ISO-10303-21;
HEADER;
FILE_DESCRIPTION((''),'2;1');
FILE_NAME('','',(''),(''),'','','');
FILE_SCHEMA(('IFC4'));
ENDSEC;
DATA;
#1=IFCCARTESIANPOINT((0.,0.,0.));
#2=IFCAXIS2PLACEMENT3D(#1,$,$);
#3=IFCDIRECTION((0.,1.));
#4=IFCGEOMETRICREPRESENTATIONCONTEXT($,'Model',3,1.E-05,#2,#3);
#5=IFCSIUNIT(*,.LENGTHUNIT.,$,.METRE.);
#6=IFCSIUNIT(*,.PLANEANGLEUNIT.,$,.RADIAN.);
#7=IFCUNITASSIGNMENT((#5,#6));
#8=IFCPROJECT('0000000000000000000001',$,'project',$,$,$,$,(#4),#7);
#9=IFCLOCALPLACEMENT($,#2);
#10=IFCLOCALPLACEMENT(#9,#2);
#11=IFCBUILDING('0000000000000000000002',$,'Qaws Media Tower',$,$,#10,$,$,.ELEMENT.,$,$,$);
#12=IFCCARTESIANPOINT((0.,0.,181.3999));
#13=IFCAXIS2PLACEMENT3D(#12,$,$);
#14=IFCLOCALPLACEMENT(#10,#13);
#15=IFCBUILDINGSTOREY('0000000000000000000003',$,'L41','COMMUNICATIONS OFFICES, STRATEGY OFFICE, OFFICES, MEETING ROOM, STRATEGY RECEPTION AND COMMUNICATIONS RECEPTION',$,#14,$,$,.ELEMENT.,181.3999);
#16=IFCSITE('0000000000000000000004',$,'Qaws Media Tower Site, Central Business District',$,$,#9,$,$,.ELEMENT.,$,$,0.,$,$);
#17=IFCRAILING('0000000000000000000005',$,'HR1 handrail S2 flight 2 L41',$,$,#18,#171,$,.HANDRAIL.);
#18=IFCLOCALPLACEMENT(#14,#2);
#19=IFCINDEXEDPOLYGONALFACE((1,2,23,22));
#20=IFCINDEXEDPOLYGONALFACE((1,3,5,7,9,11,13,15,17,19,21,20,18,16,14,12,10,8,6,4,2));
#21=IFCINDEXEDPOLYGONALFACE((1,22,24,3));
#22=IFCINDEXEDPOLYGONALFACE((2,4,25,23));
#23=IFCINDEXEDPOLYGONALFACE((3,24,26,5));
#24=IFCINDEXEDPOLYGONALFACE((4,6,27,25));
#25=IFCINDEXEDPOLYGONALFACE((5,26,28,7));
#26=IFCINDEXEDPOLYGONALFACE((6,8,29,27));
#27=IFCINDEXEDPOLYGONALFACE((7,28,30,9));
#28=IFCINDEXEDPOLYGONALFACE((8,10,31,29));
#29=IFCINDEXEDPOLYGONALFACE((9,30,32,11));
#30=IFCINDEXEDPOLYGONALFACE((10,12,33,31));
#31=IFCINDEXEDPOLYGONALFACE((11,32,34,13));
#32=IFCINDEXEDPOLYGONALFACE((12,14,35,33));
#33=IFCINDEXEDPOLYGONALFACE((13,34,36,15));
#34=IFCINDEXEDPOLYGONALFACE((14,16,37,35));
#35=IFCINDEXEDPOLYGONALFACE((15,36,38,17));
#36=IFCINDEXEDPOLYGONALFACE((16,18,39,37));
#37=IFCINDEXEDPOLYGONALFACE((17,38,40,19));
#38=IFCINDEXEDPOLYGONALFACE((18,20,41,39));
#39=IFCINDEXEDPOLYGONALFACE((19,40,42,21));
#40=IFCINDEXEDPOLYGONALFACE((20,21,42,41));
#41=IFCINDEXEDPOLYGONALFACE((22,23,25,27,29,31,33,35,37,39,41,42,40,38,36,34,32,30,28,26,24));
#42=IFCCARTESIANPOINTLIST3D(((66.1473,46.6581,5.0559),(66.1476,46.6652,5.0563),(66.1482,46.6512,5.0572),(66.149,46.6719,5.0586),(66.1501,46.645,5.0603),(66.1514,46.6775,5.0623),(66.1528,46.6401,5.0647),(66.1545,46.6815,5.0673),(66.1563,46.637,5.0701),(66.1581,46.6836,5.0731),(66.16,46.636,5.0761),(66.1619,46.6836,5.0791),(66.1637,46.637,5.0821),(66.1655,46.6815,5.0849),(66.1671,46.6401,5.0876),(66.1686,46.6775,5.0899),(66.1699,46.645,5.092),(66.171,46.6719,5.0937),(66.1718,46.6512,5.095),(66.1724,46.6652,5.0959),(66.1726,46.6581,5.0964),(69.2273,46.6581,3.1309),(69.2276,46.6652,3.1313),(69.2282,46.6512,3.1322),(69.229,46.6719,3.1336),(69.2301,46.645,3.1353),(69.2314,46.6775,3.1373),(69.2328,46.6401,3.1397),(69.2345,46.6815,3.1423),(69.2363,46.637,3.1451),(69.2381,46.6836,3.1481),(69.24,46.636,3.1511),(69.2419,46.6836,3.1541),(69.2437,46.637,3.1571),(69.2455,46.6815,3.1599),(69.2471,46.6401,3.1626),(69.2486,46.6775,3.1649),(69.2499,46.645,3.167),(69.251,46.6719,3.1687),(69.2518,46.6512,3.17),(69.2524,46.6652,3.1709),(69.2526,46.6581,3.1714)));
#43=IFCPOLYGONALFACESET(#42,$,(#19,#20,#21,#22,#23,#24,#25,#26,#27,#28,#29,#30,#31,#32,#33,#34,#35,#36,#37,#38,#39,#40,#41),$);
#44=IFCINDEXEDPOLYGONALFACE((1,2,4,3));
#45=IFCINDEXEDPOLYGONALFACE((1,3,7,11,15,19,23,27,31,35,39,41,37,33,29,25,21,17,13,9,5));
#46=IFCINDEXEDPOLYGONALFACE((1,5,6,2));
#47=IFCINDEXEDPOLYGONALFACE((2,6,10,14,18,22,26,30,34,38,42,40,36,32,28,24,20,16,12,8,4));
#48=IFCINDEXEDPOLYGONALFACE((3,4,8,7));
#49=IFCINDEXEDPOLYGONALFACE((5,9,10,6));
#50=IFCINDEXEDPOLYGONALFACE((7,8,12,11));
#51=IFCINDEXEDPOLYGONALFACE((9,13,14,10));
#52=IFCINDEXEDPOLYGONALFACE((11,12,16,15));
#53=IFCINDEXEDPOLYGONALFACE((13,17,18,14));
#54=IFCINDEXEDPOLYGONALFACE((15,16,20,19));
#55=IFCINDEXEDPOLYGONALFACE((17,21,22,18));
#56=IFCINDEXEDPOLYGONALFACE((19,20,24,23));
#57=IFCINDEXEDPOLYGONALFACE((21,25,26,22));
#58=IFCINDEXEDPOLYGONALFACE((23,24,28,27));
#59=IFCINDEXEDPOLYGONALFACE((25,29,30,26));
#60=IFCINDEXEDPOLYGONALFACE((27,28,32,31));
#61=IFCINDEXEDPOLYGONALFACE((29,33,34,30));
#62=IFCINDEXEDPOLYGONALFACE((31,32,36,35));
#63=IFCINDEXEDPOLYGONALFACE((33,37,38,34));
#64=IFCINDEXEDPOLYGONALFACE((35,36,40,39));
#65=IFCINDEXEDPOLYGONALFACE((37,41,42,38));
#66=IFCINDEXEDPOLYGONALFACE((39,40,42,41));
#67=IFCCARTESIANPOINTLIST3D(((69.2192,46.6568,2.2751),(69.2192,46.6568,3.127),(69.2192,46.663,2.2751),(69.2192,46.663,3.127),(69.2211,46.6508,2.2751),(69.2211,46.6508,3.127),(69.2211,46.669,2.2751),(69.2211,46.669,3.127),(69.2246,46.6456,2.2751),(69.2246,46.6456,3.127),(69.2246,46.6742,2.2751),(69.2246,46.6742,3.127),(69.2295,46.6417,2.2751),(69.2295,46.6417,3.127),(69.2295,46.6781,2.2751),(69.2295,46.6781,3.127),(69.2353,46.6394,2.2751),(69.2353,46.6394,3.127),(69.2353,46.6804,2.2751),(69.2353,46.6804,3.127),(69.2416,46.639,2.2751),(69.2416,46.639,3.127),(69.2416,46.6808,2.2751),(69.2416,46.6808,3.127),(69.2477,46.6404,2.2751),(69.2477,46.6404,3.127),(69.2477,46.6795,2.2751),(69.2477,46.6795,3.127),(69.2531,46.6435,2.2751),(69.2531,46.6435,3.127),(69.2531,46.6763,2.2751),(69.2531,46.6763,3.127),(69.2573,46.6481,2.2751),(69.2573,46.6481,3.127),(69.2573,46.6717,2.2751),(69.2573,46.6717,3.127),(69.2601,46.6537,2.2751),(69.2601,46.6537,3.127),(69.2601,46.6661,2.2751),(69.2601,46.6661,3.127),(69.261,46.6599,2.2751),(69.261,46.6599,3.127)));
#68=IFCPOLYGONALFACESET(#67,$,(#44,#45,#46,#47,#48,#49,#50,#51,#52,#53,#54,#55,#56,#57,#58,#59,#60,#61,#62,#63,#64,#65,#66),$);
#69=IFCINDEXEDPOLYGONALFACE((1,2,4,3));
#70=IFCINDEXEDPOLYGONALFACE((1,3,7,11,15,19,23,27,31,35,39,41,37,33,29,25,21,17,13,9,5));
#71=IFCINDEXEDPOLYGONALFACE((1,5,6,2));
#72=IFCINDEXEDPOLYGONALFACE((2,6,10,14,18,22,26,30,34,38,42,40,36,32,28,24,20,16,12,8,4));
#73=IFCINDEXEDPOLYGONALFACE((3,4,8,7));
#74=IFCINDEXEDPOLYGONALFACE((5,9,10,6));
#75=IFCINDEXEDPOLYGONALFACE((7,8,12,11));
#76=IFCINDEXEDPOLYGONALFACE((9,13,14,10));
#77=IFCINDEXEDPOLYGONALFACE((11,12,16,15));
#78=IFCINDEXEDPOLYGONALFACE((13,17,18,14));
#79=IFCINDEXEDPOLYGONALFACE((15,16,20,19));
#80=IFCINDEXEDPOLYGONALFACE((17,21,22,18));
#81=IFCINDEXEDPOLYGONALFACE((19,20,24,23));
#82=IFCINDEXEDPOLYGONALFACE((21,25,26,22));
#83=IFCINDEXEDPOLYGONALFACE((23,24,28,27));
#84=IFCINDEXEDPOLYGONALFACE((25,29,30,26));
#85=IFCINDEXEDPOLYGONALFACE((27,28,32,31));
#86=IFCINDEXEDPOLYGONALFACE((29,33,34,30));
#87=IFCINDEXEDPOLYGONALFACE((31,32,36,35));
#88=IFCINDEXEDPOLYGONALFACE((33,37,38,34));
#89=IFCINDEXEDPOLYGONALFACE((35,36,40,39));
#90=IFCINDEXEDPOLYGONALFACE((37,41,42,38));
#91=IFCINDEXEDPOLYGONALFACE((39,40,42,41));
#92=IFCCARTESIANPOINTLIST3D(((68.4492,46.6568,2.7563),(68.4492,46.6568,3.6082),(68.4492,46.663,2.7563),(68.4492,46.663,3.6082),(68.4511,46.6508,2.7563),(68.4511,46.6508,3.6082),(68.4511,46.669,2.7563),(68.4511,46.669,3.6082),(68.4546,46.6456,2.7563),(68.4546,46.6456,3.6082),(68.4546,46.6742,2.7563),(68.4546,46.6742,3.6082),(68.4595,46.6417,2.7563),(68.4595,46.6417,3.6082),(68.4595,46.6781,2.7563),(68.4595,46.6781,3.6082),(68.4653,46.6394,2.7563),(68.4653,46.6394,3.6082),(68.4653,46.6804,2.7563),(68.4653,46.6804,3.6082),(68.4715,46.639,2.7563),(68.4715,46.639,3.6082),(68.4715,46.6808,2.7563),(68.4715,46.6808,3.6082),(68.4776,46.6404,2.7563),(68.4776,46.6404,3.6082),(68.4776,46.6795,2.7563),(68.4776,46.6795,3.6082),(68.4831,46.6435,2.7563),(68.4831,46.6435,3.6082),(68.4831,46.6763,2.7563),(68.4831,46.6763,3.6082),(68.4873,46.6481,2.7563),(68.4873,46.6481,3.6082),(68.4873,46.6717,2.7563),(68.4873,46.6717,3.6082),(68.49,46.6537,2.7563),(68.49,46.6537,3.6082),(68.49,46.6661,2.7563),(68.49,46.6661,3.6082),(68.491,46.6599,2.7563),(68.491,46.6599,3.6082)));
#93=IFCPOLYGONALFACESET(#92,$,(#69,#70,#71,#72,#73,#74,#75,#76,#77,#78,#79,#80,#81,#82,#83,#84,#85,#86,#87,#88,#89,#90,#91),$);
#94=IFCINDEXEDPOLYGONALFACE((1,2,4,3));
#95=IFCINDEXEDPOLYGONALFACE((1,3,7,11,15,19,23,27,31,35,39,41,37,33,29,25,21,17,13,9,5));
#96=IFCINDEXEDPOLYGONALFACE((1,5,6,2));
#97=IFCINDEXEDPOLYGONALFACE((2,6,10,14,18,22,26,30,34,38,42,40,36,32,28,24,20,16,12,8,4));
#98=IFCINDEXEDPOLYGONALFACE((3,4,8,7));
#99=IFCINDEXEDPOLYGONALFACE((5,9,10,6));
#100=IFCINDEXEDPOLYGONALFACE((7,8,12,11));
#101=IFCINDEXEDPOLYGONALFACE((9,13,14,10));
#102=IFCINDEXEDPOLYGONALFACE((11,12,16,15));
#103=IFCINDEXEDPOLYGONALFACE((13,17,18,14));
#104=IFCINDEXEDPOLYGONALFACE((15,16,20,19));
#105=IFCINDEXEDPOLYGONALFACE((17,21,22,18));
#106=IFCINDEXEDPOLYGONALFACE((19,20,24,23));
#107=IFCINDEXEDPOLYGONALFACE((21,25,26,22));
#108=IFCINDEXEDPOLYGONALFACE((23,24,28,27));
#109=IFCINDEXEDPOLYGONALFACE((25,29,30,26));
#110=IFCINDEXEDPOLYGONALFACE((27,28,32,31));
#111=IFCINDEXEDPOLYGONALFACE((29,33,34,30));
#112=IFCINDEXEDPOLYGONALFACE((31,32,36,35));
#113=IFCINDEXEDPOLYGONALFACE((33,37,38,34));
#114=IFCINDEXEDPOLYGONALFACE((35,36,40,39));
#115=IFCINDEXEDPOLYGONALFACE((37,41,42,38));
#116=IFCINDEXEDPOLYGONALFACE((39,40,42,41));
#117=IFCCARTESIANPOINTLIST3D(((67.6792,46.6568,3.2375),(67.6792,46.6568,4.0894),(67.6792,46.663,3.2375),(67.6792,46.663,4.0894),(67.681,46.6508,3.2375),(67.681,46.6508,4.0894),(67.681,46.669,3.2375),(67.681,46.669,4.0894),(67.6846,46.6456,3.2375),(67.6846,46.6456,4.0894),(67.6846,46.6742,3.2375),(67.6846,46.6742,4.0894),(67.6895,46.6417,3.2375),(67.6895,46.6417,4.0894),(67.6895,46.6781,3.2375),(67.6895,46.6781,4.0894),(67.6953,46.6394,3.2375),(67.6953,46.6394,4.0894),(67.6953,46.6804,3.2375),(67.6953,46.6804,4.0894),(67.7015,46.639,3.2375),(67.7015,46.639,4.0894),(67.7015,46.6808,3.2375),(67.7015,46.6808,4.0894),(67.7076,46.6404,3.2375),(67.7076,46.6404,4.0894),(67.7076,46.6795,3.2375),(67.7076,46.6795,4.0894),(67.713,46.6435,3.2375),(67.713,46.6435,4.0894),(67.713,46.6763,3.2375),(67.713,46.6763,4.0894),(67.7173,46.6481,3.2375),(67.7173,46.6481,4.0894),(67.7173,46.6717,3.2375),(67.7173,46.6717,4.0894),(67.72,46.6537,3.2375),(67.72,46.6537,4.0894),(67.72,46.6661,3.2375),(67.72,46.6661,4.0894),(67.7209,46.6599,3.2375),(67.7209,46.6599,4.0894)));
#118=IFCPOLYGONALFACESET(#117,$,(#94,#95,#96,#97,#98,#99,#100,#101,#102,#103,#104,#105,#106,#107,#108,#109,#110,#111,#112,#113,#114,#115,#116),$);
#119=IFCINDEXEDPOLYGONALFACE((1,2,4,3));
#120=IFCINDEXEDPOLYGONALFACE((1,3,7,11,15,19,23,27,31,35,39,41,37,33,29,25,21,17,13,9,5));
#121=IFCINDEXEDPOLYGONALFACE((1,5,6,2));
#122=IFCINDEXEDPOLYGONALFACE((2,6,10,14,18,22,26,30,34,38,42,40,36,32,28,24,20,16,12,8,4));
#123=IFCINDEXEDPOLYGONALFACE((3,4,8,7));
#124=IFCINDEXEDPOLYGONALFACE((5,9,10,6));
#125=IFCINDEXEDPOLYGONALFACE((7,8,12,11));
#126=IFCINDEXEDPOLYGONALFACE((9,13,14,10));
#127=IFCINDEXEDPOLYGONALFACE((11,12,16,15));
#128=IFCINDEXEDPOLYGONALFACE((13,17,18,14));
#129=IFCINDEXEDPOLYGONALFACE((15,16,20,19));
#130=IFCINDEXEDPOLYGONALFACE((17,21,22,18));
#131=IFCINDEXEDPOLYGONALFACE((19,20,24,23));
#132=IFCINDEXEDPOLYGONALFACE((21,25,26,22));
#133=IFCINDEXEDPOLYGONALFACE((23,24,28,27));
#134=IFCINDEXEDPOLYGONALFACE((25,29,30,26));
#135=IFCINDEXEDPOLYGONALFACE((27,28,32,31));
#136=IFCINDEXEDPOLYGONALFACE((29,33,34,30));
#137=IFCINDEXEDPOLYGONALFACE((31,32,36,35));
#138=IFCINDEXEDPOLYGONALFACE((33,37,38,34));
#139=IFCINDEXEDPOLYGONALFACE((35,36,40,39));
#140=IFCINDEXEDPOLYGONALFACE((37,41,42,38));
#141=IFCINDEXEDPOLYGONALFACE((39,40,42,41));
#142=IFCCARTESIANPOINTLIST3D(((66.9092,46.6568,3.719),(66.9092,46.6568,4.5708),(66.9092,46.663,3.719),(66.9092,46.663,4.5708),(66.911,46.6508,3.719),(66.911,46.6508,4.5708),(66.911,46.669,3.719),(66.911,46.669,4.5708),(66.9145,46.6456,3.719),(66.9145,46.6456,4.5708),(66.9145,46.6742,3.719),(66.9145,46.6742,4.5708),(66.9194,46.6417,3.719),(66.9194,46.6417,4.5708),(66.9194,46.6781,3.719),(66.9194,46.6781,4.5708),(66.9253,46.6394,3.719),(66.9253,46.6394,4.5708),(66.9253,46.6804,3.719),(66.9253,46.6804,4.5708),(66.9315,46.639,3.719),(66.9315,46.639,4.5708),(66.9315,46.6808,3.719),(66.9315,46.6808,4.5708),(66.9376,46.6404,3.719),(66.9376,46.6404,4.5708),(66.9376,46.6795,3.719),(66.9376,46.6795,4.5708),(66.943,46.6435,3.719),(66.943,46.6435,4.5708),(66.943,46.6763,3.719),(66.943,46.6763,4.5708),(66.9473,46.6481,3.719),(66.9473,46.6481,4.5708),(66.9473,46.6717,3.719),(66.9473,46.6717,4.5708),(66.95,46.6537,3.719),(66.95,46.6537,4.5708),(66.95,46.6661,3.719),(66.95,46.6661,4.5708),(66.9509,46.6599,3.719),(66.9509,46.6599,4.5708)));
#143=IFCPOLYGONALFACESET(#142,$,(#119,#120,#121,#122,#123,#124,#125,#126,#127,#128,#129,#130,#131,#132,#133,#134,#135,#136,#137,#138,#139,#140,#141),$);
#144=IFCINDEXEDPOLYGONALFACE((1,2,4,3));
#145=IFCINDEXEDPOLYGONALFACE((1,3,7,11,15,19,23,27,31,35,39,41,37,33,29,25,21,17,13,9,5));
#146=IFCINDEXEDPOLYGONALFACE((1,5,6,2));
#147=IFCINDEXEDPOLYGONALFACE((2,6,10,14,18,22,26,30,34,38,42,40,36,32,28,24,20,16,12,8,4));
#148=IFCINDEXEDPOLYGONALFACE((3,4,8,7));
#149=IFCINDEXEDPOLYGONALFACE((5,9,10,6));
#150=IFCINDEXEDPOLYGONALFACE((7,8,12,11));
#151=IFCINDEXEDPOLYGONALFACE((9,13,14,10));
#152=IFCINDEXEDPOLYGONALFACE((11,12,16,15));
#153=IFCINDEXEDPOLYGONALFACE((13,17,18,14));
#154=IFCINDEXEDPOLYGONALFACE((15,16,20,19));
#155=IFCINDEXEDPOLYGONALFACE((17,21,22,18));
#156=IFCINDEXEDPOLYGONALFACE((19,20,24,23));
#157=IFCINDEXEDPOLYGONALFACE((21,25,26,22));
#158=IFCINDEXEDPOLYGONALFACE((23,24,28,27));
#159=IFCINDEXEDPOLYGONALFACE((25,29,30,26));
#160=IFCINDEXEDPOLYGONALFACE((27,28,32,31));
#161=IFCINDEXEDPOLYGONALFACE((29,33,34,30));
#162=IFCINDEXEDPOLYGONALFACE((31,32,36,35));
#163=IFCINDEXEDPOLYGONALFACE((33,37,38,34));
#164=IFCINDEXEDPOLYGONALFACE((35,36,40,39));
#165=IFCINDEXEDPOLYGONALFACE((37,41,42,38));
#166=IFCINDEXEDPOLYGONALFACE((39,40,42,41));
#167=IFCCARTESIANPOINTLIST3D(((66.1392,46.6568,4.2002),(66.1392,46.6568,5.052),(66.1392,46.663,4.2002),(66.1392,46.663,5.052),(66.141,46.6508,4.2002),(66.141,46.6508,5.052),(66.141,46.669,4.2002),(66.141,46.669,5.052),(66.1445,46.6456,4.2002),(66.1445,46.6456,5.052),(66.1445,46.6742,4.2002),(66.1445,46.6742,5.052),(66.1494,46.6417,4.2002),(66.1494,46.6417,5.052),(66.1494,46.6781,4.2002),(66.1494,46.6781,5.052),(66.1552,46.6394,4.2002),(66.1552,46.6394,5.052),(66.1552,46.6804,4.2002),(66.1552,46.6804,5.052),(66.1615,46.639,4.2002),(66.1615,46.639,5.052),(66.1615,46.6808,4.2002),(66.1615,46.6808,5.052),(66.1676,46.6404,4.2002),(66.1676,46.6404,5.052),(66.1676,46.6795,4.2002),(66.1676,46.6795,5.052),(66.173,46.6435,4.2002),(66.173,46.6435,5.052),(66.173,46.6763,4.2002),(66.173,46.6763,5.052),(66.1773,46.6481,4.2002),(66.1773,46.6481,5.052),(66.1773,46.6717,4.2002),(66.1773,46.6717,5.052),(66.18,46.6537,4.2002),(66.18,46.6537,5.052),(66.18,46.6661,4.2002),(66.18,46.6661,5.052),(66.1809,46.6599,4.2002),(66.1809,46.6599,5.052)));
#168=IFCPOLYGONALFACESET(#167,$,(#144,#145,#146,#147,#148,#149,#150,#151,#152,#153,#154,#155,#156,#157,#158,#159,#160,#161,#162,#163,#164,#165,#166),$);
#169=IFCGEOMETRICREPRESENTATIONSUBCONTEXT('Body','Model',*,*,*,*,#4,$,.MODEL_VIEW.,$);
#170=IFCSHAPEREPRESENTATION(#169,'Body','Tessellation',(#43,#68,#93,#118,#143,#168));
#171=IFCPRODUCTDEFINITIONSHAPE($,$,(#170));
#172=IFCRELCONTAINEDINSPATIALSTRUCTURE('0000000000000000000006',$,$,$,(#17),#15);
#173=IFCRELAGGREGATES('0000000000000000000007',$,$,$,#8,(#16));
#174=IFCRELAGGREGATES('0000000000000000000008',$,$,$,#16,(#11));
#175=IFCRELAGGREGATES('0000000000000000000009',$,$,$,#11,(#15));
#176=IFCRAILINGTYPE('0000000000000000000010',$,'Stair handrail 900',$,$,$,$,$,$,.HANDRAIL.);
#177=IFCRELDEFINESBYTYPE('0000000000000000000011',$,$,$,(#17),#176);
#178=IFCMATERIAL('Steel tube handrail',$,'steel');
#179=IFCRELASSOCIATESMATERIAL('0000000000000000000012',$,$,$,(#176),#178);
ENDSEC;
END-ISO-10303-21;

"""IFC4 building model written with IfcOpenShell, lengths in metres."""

from ifc_helpers import new_model, si_unit, direction, frame, origin, origin_2d, place, context, subcontext, project, spatial, circle, extrude, material, type_object, element, save


model = new_model("IFC4")

# Units and contexts
model_context = context("Model", 3, precision=1e-05, world=origin(), true_north=direction((0.0, 1.0)))
body_context = subcontext(model_context, "Body", "Model", "MODEL_VIEW")
ifc_project = project(units=[si_unit("LENGTHUNIT", "METRE"), si_unit("PLANEANGLEUNIT", "RADIAN")], contexts=[model_context])

# Site, building, storey
site_placement = place(None, origin())
site = spatial("IfcSite", under=ifc_project, at=site_placement, Name="Qaws Media Tower Site, Central Business District", CompositionType="ELEMENT", RefElevation=0.0)
building_placement = place(site_placement, origin())
building = spatial("IfcBuilding", under=site, at=building_placement, Name="Qaws Media Tower", CompositionType="ELEMENT")
storey_placement = place(building_placement, frame((0.0, 0.0, 181.3999)))
storey = spatial("IfcBuildingStorey", under=building, at=storey_placement, Name="L41", Description="COMMUNICATIONS OFFICES, STRATEGY OFFICE, OFFICES, MEETING ROOM, STRATEGY RECEPTION AND COMMUNICATIONS RECEPTION", CompositionType="ELEMENT", Elevation=181.3999)

# Railing
ifc_material_1 = material(Name="Steel tube handrail", Category="steel")
railing_type = type_object("IfcRailingType", Name="Stair handrail 900", PredefinedType="HANDRAIL", material=ifc_material_1)
for number, where, name in (
    (1, (69.24, 46.6599, 2.2751), "HR1 handrail S2 flight 2 L41"),
):
    element("IfcRailing", number, at=place(storey_placement, frame(where)), inside=storey, type_object=railing_type, Name=name, PredefinedType="HANDRAIL", context=body_context, shape_type="SweptSolid", body=[
        extrude(circle(Radius=0.0239, at=origin_2d()), frame((0.0, 0.0, 0.876), z_axis=(-0.847998, 0.0, 0.529999), x_axis=(0.0, -1.0, 0.0)), (0.0, 0.0, 1.0), 3.6321),
        extrude(circle(Radius=0.021, at=origin_2d()), origin(), (0.0, 0.0, 1.0), 0.8518),
        extrude(circle(Radius=0.021, at=origin_2d()), frame((-0.77, 0.0, 0.4812)), (0.0, 0.0, 1.0), 0.8518),
        extrude(circle(Radius=0.021, at=origin_2d()), frame((-1.54, 0.0, 0.9624)), (0.0, 0.0, 1.0), 0.8518),
        extrude(circle(Radius=0.021, at=origin_2d()), frame((-2.3101, 0.0, 1.4438)), (0.0, 0.0, 1.0), 0.8518),
        extrude(circle(Radius=0.021, at=origin_2d()), frame((-3.0801, 0.0, 1.925)), (0.0, 0.0, 1.0), 0.8518),
    ])

save(model, "model.ifc")
